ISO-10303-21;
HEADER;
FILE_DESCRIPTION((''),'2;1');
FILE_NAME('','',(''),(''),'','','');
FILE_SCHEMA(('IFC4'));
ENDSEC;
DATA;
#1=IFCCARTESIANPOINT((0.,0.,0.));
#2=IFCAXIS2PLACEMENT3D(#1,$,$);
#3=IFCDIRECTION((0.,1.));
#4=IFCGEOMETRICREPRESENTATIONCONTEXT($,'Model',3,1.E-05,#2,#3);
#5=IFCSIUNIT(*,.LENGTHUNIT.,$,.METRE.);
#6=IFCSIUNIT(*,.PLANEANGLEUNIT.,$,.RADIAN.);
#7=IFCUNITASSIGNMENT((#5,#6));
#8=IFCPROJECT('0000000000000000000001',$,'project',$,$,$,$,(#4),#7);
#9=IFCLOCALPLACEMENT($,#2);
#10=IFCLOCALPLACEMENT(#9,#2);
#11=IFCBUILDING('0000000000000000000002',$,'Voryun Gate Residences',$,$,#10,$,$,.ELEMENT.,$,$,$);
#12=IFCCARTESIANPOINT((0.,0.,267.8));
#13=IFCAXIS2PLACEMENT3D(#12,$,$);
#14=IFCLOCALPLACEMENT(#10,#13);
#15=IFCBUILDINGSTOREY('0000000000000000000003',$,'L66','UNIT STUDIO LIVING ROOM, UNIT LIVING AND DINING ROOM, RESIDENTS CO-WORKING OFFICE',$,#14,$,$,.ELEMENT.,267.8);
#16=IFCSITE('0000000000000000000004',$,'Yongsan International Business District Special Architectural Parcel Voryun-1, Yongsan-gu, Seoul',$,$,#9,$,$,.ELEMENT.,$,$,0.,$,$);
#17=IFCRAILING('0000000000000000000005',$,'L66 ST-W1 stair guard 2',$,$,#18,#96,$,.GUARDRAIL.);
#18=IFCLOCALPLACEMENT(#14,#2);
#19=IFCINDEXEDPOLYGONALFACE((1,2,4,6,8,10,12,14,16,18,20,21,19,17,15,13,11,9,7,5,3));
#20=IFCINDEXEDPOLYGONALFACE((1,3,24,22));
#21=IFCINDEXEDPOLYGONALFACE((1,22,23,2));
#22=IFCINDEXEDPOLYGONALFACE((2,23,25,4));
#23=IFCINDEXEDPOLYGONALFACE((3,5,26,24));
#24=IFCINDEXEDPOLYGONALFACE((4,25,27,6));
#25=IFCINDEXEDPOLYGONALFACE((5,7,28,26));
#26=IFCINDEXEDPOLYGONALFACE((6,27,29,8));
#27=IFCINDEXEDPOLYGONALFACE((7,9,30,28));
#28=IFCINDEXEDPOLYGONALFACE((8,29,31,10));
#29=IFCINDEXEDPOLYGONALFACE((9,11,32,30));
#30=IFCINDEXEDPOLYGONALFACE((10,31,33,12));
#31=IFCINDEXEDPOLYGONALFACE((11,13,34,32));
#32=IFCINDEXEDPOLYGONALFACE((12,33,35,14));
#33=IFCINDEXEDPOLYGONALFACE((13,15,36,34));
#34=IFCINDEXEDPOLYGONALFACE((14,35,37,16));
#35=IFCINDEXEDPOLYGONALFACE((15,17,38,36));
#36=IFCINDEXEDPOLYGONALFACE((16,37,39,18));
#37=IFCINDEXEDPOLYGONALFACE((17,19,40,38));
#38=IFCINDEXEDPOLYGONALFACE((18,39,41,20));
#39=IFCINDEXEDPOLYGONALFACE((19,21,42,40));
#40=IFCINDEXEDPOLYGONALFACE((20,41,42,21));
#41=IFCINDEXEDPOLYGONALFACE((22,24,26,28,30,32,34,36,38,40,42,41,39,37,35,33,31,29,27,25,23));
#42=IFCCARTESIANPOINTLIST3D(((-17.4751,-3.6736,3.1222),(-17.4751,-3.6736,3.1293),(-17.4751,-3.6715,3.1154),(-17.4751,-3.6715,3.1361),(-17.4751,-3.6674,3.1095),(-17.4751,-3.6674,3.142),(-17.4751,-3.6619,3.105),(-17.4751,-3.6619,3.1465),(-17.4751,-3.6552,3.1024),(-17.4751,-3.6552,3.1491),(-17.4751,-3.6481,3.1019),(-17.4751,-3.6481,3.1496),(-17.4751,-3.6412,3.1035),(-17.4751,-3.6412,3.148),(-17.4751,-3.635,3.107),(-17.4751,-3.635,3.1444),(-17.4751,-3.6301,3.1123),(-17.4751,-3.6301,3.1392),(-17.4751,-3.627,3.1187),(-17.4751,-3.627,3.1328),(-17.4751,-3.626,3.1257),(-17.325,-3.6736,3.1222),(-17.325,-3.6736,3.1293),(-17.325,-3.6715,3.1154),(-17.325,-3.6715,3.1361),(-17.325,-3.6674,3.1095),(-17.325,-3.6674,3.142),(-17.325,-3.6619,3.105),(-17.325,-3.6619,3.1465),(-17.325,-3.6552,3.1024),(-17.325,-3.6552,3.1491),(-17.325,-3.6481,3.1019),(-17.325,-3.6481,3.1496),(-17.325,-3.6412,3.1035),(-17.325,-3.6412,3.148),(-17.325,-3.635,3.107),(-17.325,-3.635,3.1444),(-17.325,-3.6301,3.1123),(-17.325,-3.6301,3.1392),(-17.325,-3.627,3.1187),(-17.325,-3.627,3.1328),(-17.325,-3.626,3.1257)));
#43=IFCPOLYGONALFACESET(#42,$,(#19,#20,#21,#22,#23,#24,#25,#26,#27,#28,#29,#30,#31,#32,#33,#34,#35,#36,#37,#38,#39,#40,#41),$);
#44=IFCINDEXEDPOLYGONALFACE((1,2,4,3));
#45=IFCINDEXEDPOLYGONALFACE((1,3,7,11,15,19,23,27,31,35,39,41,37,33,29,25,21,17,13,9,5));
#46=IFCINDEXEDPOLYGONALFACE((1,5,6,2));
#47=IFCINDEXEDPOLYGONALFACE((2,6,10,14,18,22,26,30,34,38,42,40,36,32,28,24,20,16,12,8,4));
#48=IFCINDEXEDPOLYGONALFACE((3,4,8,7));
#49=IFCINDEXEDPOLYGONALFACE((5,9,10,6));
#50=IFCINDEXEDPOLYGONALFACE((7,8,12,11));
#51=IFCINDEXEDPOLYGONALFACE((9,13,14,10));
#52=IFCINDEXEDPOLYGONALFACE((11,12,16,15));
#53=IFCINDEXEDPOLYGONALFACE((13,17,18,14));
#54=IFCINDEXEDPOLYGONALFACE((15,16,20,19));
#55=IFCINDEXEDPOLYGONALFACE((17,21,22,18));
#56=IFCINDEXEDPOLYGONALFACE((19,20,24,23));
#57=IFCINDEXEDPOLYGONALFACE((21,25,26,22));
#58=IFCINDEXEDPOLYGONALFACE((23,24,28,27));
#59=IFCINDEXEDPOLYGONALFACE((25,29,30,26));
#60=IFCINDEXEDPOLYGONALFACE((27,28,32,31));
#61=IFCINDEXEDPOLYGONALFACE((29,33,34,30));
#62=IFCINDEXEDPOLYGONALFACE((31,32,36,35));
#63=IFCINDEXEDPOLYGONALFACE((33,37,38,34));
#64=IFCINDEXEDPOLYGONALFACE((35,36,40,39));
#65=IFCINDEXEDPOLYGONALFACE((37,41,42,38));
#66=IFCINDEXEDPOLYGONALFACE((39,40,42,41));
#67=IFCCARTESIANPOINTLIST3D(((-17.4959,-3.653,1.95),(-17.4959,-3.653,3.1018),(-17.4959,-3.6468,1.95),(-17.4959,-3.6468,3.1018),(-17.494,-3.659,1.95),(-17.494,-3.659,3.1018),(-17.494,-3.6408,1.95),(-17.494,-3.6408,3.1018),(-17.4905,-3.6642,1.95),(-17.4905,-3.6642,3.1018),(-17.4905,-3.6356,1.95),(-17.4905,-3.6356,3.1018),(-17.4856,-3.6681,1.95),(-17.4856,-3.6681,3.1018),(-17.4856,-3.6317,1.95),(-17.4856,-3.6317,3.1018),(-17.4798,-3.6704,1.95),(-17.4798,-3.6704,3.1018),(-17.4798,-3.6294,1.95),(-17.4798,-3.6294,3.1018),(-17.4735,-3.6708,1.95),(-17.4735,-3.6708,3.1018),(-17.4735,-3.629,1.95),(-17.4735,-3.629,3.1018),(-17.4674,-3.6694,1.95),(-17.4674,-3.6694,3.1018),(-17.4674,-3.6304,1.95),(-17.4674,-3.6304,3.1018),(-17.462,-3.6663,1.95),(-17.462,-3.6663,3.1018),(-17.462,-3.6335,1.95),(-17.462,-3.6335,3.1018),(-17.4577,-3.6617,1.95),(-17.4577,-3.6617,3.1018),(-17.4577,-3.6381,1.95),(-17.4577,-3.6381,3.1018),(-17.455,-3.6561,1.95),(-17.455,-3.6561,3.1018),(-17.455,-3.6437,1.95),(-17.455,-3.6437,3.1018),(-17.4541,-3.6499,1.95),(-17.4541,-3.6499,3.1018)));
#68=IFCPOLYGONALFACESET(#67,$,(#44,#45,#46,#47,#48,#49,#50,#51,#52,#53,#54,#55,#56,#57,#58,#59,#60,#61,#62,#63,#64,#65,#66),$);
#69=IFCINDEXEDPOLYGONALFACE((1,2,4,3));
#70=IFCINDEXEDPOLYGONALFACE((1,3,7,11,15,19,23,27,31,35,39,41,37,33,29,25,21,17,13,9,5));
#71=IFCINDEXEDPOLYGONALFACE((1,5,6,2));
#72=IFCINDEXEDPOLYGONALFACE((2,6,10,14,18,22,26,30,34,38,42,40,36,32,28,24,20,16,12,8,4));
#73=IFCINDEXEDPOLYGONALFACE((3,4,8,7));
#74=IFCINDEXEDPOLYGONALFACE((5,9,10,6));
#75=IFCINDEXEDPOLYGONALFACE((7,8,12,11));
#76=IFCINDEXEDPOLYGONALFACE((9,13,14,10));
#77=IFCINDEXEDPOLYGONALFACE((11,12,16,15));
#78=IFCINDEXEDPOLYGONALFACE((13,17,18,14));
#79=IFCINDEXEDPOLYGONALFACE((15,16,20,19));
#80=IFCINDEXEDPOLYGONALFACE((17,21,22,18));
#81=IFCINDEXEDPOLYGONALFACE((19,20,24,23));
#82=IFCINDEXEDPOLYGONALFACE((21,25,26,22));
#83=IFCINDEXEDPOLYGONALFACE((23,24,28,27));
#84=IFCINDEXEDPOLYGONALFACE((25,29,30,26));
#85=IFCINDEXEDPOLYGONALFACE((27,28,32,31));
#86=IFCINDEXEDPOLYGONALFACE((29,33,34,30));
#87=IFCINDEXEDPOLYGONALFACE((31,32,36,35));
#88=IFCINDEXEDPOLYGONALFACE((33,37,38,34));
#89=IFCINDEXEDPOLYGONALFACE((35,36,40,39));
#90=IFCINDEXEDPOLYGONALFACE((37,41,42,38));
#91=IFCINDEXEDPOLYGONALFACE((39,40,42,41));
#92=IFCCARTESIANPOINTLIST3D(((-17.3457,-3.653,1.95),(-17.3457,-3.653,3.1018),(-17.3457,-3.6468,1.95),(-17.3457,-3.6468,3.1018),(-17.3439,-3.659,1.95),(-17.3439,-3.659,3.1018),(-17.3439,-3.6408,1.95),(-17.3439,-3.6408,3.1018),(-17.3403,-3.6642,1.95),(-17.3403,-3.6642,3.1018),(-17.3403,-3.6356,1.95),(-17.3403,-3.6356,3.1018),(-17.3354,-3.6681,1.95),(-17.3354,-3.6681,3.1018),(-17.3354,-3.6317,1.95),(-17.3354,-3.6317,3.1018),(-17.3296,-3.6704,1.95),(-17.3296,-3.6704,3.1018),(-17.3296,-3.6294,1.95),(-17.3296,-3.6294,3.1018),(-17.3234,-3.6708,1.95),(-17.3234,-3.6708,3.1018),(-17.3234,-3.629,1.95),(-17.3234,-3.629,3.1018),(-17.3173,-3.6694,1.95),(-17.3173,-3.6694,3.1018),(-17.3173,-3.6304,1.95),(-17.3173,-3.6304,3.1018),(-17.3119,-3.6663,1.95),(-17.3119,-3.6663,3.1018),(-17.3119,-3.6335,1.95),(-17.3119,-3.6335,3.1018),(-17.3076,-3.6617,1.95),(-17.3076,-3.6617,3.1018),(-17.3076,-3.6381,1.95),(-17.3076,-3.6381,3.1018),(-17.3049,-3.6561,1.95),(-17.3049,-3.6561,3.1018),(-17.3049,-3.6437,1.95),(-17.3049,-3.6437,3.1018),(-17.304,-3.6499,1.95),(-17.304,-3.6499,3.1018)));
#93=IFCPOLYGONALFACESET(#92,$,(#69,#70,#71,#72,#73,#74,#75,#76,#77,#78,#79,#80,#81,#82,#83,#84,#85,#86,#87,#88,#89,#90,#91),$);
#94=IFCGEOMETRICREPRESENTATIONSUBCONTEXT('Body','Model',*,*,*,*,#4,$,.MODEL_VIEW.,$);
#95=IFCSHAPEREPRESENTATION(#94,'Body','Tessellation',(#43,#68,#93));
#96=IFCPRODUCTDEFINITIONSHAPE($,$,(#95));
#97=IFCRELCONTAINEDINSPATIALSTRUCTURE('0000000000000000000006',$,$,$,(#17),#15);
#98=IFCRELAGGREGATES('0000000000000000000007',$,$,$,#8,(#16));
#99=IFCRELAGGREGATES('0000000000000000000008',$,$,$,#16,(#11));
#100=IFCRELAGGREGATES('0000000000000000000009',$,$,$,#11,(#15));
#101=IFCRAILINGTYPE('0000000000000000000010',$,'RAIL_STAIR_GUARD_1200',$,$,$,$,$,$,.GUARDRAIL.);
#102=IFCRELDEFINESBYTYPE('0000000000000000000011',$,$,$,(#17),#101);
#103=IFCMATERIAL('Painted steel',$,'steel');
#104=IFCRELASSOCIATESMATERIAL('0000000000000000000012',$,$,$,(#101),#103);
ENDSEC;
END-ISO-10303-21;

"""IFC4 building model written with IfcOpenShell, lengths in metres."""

from ifc_helpers import new_model, si_unit, direction, frame, origin, origin_2d, place, context, subcontext, project, spatial, circle, extrude, material, type_object, element, save


model = new_model("IFC4")

# Units and contexts
model_context = context("Model", 3, precision=1e-05, world=origin(), true_north=direction((0.0, 1.0)))
body_context = subcontext(model_context, "Body", "Model", "MODEL_VIEW")
ifc_project = project(units=[si_unit("LENGTHUNIT", "METRE"), si_unit("PLANEANGLEUNIT", "RADIAN")], contexts=[model_context])

# Site, building, storey
site_placement = place(None, origin())
site = spatial("IfcSite", under=ifc_project, at=site_placement, Name="Yongsan International Business District Special Architectural Parcel Voryun-1, Yongsan-gu, Seoul", CompositionType="ELEMENT", RefElevation=0.0)
building_placement = place(site_placement, origin())
building = spatial("IfcBuilding", under=site, at=building_placement, Name="Voryun Gate Residences", CompositionType="ELEMENT")
storey_placement = place(building_placement, frame((0.0, 0.0, 267.8)))
storey = spatial("IfcBuildingStorey", under=building, at=storey_placement, Name="L66", Description="UNIT STUDIO LIVING ROOM, UNIT LIVING AND DINING ROOM, RESIDENTS CO-WORKING OFFICE", CompositionType="ELEMENT", Elevation=267.8)

# Railing
ifc_material_1 = material(Name="Painted steel", Category="steel")
railing_type_1 = type_object("IfcRailingType", Name="RAIL_STAIR_GUARD_1200", PredefinedType="GUARDRAIL", material=ifc_material_1)
railing_1_placement = place(storey_placement, frame((-17.4751, -3.6499, 1.95)))
element("IfcRailing", 1, at=railing_1_placement, inside=storey, type_object=railing_type_1, Name="L66 ST-W1 stair guard 2", PredefinedType="GUARDRAIL", context=body_context, shape_type="SweptSolid", body=[
    extrude(circle(Radius=0.0239, at=origin_2d()), frame((0.0, 0.0, 1.1758), z_axis=(1.0, 0.0, 0.0), x_axis=(0.0, 1.0, 0.0)), (0.0, 0.0, 1.0), 0.1501),
    extrude(circle(Radius=0.021, at=origin_2d()), origin(), (0.0, 0.0, 1.0), 1.1519),
    extrude(circle(Radius=0.021, at=origin_2d()), frame((0.1501, 0.0, 0.0)), (0.0, 0.0, 1.0), 1.1519),
])

save(model, "model.ifc")
